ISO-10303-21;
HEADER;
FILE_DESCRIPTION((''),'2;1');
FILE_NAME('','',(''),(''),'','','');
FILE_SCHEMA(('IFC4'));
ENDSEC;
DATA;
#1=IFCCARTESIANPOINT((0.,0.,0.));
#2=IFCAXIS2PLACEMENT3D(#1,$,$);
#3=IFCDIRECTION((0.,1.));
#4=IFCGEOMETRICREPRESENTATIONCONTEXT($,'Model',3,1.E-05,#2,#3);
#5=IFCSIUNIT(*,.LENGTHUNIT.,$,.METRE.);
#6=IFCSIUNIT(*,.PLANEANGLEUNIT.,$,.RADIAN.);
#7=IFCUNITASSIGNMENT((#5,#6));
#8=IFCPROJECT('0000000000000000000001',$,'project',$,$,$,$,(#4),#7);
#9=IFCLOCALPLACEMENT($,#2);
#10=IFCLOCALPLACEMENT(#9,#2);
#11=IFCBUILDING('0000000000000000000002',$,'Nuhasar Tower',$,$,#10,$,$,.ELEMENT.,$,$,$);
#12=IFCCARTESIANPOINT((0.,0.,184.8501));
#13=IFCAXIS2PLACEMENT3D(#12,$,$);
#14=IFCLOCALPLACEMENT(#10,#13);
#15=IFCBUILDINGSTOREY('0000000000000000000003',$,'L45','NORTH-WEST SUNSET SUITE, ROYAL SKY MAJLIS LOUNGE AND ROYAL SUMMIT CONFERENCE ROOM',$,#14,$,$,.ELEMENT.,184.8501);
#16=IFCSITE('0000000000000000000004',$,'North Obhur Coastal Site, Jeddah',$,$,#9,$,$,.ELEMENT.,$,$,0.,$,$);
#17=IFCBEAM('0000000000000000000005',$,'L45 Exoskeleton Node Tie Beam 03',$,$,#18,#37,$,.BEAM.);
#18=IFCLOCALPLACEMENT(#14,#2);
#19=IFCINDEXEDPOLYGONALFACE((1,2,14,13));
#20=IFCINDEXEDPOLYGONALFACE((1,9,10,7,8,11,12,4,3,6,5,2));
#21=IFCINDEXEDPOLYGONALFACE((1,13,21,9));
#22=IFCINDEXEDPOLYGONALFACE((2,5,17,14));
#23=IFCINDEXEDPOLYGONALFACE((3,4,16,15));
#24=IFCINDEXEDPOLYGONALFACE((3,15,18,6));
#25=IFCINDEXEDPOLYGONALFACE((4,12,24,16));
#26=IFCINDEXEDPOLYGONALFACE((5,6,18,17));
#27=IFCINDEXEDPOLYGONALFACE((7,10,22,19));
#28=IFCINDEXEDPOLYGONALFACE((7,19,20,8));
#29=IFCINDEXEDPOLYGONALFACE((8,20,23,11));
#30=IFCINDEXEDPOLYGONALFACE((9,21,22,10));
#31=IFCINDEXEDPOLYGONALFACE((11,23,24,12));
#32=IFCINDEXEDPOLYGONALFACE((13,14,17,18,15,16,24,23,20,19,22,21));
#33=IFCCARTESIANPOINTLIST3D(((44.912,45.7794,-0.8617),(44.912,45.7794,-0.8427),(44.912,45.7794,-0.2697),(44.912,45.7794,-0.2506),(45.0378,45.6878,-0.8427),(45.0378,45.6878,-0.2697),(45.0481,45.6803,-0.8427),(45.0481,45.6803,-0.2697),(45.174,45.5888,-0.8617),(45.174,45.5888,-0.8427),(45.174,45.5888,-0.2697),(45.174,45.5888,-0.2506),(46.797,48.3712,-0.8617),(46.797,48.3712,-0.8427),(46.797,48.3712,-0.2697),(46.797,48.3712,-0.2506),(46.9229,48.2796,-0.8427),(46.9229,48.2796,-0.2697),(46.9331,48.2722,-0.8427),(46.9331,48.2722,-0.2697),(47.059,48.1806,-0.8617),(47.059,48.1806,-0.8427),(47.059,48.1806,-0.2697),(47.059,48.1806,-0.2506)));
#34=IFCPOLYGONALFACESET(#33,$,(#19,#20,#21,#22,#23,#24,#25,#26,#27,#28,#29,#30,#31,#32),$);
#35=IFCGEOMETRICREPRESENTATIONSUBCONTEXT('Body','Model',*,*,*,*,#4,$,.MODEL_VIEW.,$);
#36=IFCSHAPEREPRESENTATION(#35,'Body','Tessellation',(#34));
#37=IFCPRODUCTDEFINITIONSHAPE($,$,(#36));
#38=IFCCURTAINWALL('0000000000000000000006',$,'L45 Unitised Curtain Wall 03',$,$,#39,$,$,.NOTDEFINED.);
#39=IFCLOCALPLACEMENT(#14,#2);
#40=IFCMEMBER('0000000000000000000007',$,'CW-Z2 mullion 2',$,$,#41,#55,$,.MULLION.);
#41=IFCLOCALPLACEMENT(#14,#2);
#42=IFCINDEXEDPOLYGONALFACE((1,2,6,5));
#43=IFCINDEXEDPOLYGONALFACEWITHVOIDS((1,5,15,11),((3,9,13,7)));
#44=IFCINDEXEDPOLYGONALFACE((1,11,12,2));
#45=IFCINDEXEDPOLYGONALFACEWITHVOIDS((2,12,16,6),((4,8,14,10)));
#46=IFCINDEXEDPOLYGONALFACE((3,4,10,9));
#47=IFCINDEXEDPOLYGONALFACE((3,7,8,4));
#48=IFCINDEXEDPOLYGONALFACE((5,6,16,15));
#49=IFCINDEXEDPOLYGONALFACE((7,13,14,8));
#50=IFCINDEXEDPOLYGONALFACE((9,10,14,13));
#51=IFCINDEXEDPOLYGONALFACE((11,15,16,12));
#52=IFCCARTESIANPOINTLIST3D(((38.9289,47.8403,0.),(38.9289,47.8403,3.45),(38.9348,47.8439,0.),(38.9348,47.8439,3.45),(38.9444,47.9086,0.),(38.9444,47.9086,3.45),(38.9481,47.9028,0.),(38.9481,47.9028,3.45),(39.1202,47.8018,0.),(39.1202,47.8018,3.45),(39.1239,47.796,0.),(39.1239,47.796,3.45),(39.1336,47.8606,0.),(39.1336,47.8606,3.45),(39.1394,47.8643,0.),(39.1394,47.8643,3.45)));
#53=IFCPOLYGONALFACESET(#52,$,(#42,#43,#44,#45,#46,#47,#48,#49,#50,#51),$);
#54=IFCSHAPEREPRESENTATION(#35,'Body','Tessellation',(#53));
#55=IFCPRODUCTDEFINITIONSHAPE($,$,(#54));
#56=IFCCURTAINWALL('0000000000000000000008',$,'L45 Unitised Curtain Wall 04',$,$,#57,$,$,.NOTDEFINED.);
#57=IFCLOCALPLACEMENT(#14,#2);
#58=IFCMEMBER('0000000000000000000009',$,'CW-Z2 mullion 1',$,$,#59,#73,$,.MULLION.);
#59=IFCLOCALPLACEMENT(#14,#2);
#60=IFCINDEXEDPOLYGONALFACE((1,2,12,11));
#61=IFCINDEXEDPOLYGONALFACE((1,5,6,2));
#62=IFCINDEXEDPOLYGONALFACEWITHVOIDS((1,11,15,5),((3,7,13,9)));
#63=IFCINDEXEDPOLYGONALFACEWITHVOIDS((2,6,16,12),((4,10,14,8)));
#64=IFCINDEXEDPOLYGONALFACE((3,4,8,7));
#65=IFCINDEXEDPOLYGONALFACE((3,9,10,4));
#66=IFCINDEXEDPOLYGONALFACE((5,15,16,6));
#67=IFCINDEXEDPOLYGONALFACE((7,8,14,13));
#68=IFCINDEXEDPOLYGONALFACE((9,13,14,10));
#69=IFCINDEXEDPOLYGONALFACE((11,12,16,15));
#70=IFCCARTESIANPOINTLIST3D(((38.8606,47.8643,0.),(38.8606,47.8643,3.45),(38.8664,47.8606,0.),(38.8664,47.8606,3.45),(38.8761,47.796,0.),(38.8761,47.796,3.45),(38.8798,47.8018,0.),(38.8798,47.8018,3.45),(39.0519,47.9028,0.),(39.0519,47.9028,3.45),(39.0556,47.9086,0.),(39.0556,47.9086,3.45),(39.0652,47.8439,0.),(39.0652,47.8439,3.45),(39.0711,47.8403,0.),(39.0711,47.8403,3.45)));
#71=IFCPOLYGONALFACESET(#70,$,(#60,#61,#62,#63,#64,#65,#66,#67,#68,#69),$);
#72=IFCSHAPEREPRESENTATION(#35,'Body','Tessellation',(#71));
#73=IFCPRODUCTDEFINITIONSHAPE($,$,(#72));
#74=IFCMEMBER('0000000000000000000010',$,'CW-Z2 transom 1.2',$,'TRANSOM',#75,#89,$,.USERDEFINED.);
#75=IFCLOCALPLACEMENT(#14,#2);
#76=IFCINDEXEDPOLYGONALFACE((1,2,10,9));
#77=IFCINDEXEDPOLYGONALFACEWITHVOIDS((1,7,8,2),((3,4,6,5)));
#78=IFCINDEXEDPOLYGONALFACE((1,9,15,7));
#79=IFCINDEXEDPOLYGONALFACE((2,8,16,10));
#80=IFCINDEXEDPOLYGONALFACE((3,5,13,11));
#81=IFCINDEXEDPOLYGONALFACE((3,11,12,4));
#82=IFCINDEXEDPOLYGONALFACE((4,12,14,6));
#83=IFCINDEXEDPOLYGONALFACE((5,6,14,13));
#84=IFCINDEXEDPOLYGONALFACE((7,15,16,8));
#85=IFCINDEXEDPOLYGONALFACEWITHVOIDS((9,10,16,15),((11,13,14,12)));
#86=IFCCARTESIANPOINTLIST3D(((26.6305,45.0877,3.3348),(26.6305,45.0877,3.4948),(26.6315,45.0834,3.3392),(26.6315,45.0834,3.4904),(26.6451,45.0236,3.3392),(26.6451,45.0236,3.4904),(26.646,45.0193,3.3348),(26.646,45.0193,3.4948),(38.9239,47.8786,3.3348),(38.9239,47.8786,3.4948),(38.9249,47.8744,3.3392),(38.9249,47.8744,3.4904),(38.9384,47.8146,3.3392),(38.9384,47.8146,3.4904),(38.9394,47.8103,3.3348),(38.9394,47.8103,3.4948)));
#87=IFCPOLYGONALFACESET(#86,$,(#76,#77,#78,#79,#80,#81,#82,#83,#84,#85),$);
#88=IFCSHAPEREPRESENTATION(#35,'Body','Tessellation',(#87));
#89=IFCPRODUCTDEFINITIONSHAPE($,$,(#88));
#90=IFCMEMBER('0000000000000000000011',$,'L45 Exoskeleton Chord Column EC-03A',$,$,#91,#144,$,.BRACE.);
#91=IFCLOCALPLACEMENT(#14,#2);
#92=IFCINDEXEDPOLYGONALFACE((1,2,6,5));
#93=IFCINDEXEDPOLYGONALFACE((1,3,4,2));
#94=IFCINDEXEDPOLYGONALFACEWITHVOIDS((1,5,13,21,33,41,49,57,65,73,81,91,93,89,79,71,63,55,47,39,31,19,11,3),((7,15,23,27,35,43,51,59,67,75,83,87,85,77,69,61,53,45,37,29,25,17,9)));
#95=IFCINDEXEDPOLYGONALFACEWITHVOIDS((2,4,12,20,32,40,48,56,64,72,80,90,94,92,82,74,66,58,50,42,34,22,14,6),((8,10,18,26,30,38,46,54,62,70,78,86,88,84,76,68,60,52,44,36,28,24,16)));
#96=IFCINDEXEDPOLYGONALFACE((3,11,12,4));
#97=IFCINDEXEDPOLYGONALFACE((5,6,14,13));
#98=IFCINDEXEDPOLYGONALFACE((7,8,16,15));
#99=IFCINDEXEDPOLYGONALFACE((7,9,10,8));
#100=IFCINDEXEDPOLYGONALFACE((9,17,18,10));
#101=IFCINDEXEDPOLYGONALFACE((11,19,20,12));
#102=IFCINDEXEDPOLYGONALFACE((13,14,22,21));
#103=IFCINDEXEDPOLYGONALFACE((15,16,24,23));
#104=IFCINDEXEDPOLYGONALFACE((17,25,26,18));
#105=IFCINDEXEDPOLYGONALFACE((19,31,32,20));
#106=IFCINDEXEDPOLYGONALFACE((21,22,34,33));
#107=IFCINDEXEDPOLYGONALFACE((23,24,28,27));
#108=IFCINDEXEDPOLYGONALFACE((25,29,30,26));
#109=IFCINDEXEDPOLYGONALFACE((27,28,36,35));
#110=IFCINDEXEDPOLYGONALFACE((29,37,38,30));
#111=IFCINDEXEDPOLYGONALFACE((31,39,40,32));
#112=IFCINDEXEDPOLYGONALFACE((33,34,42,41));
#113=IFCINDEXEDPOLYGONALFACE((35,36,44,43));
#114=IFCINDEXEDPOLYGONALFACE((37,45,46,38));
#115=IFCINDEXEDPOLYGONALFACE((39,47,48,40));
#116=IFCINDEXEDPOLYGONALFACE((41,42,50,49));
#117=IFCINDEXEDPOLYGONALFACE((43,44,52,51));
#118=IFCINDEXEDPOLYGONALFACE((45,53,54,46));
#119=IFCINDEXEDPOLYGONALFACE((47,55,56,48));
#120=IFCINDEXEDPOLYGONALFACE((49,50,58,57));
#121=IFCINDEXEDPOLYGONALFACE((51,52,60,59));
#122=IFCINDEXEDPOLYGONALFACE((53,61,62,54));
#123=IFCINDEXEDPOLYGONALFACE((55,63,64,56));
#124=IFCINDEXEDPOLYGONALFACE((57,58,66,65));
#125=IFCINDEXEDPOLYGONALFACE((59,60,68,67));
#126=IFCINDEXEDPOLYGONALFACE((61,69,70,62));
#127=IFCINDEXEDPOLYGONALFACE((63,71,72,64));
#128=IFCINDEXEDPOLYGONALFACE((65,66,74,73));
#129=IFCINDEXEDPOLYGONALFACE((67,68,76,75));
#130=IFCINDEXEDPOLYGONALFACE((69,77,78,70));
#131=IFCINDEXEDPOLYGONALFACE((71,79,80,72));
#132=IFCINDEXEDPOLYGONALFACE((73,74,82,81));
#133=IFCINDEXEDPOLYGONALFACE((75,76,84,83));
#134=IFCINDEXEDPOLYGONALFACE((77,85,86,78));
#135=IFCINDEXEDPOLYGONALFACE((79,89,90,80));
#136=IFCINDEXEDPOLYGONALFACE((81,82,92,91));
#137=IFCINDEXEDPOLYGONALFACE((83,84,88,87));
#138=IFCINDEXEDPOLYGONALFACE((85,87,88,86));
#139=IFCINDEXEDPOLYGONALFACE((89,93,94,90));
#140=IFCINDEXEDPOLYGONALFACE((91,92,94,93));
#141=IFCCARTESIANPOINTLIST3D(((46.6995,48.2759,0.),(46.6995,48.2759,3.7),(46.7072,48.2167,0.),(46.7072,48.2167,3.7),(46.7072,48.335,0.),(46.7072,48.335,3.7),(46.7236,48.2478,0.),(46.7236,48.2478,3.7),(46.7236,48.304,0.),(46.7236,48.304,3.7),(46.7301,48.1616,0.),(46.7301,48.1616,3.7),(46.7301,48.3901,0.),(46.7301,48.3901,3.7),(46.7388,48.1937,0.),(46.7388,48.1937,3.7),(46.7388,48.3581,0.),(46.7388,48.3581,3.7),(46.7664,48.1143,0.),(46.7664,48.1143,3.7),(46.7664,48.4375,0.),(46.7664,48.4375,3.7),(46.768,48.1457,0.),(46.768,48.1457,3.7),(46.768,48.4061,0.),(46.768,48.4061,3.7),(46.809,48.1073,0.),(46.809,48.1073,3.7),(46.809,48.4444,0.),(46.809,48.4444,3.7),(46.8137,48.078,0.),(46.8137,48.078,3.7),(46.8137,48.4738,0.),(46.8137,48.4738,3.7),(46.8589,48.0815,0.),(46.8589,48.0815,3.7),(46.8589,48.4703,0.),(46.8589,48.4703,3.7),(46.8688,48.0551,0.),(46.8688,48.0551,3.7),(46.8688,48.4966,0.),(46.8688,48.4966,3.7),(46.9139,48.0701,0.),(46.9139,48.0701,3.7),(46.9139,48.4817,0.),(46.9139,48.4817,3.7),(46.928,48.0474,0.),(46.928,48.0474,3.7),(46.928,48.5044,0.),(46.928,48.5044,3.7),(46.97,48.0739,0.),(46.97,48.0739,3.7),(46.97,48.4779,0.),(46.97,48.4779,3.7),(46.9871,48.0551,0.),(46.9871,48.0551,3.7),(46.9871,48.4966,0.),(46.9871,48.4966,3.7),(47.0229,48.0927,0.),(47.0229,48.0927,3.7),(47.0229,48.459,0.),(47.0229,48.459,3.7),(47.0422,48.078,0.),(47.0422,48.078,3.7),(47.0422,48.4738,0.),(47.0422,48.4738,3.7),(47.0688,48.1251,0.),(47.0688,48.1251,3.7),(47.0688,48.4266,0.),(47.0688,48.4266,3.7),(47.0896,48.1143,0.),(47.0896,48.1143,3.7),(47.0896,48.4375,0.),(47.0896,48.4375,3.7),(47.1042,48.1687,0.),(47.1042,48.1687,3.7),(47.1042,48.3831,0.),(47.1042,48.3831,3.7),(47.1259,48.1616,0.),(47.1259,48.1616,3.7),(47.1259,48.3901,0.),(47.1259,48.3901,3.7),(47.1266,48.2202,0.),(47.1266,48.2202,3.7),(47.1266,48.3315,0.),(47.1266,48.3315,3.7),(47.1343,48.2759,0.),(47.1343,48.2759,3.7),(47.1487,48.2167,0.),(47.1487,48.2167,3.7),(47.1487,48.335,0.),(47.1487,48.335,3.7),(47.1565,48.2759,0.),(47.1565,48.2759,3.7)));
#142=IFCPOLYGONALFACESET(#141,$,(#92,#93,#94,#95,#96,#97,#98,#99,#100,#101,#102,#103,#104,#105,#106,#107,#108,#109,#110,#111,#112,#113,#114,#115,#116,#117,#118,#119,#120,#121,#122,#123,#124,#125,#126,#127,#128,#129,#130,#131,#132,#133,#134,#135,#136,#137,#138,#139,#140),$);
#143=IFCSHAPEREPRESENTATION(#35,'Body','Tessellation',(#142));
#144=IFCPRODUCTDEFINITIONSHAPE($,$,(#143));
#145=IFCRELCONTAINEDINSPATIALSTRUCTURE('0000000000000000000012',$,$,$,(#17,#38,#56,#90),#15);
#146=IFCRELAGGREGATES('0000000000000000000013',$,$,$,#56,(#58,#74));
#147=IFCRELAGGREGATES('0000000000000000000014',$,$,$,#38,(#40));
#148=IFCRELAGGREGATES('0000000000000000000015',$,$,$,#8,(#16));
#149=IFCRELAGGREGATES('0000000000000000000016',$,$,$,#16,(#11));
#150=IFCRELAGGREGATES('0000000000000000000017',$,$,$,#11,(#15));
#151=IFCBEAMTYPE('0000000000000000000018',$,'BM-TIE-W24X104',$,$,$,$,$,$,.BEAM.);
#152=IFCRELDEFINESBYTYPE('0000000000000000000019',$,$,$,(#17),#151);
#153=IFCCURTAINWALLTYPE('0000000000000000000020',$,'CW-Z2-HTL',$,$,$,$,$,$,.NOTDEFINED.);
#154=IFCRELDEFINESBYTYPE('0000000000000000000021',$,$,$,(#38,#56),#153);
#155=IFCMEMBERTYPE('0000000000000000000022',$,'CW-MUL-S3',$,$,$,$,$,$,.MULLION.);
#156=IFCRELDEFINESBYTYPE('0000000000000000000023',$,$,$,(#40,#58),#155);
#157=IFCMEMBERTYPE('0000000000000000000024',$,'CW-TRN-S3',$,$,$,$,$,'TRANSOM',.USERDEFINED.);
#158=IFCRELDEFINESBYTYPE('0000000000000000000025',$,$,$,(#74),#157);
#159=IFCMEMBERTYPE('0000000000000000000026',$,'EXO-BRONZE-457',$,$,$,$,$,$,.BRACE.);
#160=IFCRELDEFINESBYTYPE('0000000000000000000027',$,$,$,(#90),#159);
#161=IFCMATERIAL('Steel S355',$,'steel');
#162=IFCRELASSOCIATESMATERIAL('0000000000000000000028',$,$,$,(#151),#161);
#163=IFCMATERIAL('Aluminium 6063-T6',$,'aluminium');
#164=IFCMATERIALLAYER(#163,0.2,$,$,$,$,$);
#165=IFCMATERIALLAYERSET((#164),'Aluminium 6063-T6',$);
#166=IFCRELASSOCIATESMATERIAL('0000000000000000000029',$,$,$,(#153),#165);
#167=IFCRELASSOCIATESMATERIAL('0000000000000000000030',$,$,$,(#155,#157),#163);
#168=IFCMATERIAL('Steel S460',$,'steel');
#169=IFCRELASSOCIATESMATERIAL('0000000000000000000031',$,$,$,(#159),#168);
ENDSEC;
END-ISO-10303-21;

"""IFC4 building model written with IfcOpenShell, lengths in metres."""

from ifc_helpers import new_model, si_unit, direction, frame, origin, origin_2d, place, context, subcontext, project, spatial, hollow_rectangle, hollow_circle, i_section, extrude, material, layer, layer_set, material_profile, profile_set, type_object, element, aggregate, save


model = new_model("IFC4")

# Units and contexts
model_context = context("Model", 3, precision=1e-05, world=origin(), true_north=direction((0.0, 1.0)))
body_context = subcontext(model_context, "Body", "Model", "MODEL_VIEW")
ifc_project = project(units=[si_unit("LENGTHUNIT", "METRE"), si_unit("PLANEANGLEUNIT", "RADIAN")], contexts=[model_context])

# Site, building, storey
site_placement = place(None, origin())
site = spatial("IfcSite", under=ifc_project, at=site_placement, Name="North Obhur Coastal Site, Jeddah", CompositionType="ELEMENT", RefElevation=0.0)
building_placement = place(site_placement, origin())
building = spatial("IfcBuilding", under=site, at=building_placement, Name="Nuhasar Tower", CompositionType="ELEMENT")
storey_placement = place(building_placement, frame((0.0, 0.0, 184.8501)))
storey = spatial("IfcBuildingStorey", under=building, at=storey_placement, Name="L45", Description="NORTH-WEST SUNSET SUITE, ROYAL SKY MAJLIS LOUNGE AND ROYAL SUMMIT CONFERENCE ROOM", CompositionType="ELEMENT", Elevation=184.8501)

# Beam
ifc_material_1 = material(Name="Steel S355", Category="steel")
ifc_material_profile_1 = material_profile(ifc_material_1, i_section(OverallWidth=0.324, OverallDepth=0.6111, WebThickness=0.0127, FlangeThickness=0.019, at=origin_2d()), Name="W24X104")
ifc_profile_set_1 = profile_set([ifc_material_profile_1], Name="Steel S355")
beam_type_1 = type_object("IfcBeamType", Name="BM-TIE-W24X104", PredefinedType="BEAM", material=ifc_profile_set_1)
beam_1_placement = place(storey_placement, frame((45.043, 45.6841, -0.5562), z_axis=(0.588185, 0.808726, 0.0), x_axis=(-0.808726, 0.588185, 0.0)))
element("IfcBeam", 1, at=beam_1_placement, inside=storey, type_object=beam_type_1, Name="L45 Exoskeleton Node Tie Beam 03", PredefinedType="BEAM", context=body_context, shape_type="SweptSolid", body=[
    extrude(i_section(OverallWidth=0.324, OverallDepth=0.6111, WebThickness=0.0127, FlangeThickness=0.019, at=origin_2d()), origin(), (0.0, 0.0, 1.0), 3.2048),
])

# Curtain wall, member
ifc_material_2 = material(Name="Aluminium 6063-T6", Category="aluminium")
ifc_layer_1 = layer(ifc_material_2, 0.2)
ifc_layer_set_1 = layer_set([ifc_layer_1], Name="Aluminium 6063-T6")
curtain_wall_type = type_object("IfcCurtainWallType", Name="CW-Z2-HTL", PredefinedType="NOTDEFINED", material=ifc_layer_set_1)
curtain_wall_1_placement = place(storey_placement, origin())
curtain_wall_1 = element("IfcCurtainWall", 2, at=curtain_wall_1_placement, inside=storey, type_object=curtain_wall_type, Name="L45 Unitised Curtain Wall 03", PredefinedType="NOTDEFINED")
ifc_material_profile_2 = material_profile(ifc_material_2, hollow_rectangle(XDim=0.0701, YDim=0.2, WallThickness=0.0049, at=origin_2d()), Name="CWM-3")
ifc_profile_set_2 = profile_set([ifc_material_profile_2], Name="Aluminium 6063-T6")
member_type_1 = type_object("IfcMemberType", Name="CW-MUL-S3", PredefinedType="MULLION", material=ifc_profile_set_2)
member_1_placement = place(storey_placement, frame((39.0342, 47.8523, 0.0), z_axis=(0.0, 0.0, 1.0), x_axis=(-0.221397, -0.975184, 0.0)))
member_1 = element("IfcMember", 3, at=member_1_placement, type_object=member_type_1, Name="CW-Z2 mullion 2", PredefinedType="MULLION", context=body_context, shape_type="SweptSolid", body=[
    extrude(hollow_rectangle(XDim=0.0701, YDim=0.2, WallThickness=0.0049, at=origin_2d()), origin(), (0.0, 0.0, 1.0), 3.45),
])

# Curtain wall, members
curtain_wall_2_placement = place(storey_placement, origin())
curtain_wall_2 = element("IfcCurtainWall", 4, at=curtain_wall_2_placement, inside=storey, type_object=curtain_wall_type, Name="L45 Unitised Curtain Wall 04", PredefinedType="NOTDEFINED")
member_2_placement = place(storey_placement, frame((38.9658, 47.8523, 0.0), z_axis=(0.0, 0.0, 1.0), x_axis=(0.221397, -0.975184, 0.0)))
member_2 = element("IfcMember", 5, at=member_2_placement, type_object=member_type_1, Name="CW-Z2 mullion 1", PredefinedType="MULLION", context=body_context, shape_type="SweptSolid", body=[
    extrude(hollow_rectangle(XDim=0.0701, YDim=0.2, WallThickness=0.0049, at=origin_2d()), origin(), (0.0, 0.0, 1.0), 3.45),
])
ifc_material_profile_3 = material_profile(ifc_material_2, hollow_rectangle(XDim=0.0701, YDim=0.1599, WallThickness=0.0044, at=origin_2d()), Name="CWT-3")
ifc_profile_set_3 = profile_set([ifc_material_profile_3], Name="Aluminium 6063-T6")
member_type_2 = type_object("IfcMemberType", Name="CW-TRN-S3", ElementType="TRANSOM", PredefinedType="USERDEFINED", material=ifc_profile_set_3)
member_3_placement = place(storey_placement, frame((38.9316, 47.8445, 3.4148), z_axis=(-0.975183, -0.221398, 0.0), x_axis=(0.221398, -0.975183, 0.0)))
member_3 = element("IfcMember", 6, at=member_3_placement, type_object=member_type_2, Name="CW-Z2 transom 1.2", ObjectType="TRANSOM", PredefinedType="USERDEFINED", context=body_context, shape_type="SweptSolid", body=[
    extrude(hollow_rectangle(XDim=0.0701, YDim=0.1599, WallThickness=0.0044, at=origin_2d()), origin(), (0.0, 0.0, 1.0), 12.6062),
])
aggregate(curtain_wall_2, [member_2, member_3])

# Member
ifc_material_3 = material(Name="Steel S460", Category="steel")
ifc_material_profile_4 = material_profile(ifc_material_3, hollow_circle(Radius=0.2285, WallThickness=0.0222, at=origin_2d()), Name="HSS457X22.2")
ifc_profile_set_4 = profile_set([ifc_material_profile_4], Name="Steel S460")
member_type_3 = type_object("IfcMemberType", Name="EXO-BRONZE-457", PredefinedType="BRACE", material=ifc_profile_set_4)
for number, where, z_axis, x_axis, name in (
    (7, (46.928, 48.2759, 0.0), (0.0, 0.0, 1.0), (1.0, 0.0, 0.0), "L45 Exoskeleton Chord Column EC-03A"),
):
    element("IfcMember", number, at=place(storey_placement, frame(where, z_axis=z_axis, x_axis=x_axis)), inside=storey, type_object=member_type_3, Name=name, PredefinedType="BRACE", context=body_context, shape_type="SweptSolid", body=[
        extrude(hollow_circle(Radius=0.2285, WallThickness=0.0222, at=origin_2d()), origin(), (0.0, 0.0, 1.0), 3.7),
    ])

aggregate(curtain_wall_1, [member_1])

save(model, "model.ifc")
